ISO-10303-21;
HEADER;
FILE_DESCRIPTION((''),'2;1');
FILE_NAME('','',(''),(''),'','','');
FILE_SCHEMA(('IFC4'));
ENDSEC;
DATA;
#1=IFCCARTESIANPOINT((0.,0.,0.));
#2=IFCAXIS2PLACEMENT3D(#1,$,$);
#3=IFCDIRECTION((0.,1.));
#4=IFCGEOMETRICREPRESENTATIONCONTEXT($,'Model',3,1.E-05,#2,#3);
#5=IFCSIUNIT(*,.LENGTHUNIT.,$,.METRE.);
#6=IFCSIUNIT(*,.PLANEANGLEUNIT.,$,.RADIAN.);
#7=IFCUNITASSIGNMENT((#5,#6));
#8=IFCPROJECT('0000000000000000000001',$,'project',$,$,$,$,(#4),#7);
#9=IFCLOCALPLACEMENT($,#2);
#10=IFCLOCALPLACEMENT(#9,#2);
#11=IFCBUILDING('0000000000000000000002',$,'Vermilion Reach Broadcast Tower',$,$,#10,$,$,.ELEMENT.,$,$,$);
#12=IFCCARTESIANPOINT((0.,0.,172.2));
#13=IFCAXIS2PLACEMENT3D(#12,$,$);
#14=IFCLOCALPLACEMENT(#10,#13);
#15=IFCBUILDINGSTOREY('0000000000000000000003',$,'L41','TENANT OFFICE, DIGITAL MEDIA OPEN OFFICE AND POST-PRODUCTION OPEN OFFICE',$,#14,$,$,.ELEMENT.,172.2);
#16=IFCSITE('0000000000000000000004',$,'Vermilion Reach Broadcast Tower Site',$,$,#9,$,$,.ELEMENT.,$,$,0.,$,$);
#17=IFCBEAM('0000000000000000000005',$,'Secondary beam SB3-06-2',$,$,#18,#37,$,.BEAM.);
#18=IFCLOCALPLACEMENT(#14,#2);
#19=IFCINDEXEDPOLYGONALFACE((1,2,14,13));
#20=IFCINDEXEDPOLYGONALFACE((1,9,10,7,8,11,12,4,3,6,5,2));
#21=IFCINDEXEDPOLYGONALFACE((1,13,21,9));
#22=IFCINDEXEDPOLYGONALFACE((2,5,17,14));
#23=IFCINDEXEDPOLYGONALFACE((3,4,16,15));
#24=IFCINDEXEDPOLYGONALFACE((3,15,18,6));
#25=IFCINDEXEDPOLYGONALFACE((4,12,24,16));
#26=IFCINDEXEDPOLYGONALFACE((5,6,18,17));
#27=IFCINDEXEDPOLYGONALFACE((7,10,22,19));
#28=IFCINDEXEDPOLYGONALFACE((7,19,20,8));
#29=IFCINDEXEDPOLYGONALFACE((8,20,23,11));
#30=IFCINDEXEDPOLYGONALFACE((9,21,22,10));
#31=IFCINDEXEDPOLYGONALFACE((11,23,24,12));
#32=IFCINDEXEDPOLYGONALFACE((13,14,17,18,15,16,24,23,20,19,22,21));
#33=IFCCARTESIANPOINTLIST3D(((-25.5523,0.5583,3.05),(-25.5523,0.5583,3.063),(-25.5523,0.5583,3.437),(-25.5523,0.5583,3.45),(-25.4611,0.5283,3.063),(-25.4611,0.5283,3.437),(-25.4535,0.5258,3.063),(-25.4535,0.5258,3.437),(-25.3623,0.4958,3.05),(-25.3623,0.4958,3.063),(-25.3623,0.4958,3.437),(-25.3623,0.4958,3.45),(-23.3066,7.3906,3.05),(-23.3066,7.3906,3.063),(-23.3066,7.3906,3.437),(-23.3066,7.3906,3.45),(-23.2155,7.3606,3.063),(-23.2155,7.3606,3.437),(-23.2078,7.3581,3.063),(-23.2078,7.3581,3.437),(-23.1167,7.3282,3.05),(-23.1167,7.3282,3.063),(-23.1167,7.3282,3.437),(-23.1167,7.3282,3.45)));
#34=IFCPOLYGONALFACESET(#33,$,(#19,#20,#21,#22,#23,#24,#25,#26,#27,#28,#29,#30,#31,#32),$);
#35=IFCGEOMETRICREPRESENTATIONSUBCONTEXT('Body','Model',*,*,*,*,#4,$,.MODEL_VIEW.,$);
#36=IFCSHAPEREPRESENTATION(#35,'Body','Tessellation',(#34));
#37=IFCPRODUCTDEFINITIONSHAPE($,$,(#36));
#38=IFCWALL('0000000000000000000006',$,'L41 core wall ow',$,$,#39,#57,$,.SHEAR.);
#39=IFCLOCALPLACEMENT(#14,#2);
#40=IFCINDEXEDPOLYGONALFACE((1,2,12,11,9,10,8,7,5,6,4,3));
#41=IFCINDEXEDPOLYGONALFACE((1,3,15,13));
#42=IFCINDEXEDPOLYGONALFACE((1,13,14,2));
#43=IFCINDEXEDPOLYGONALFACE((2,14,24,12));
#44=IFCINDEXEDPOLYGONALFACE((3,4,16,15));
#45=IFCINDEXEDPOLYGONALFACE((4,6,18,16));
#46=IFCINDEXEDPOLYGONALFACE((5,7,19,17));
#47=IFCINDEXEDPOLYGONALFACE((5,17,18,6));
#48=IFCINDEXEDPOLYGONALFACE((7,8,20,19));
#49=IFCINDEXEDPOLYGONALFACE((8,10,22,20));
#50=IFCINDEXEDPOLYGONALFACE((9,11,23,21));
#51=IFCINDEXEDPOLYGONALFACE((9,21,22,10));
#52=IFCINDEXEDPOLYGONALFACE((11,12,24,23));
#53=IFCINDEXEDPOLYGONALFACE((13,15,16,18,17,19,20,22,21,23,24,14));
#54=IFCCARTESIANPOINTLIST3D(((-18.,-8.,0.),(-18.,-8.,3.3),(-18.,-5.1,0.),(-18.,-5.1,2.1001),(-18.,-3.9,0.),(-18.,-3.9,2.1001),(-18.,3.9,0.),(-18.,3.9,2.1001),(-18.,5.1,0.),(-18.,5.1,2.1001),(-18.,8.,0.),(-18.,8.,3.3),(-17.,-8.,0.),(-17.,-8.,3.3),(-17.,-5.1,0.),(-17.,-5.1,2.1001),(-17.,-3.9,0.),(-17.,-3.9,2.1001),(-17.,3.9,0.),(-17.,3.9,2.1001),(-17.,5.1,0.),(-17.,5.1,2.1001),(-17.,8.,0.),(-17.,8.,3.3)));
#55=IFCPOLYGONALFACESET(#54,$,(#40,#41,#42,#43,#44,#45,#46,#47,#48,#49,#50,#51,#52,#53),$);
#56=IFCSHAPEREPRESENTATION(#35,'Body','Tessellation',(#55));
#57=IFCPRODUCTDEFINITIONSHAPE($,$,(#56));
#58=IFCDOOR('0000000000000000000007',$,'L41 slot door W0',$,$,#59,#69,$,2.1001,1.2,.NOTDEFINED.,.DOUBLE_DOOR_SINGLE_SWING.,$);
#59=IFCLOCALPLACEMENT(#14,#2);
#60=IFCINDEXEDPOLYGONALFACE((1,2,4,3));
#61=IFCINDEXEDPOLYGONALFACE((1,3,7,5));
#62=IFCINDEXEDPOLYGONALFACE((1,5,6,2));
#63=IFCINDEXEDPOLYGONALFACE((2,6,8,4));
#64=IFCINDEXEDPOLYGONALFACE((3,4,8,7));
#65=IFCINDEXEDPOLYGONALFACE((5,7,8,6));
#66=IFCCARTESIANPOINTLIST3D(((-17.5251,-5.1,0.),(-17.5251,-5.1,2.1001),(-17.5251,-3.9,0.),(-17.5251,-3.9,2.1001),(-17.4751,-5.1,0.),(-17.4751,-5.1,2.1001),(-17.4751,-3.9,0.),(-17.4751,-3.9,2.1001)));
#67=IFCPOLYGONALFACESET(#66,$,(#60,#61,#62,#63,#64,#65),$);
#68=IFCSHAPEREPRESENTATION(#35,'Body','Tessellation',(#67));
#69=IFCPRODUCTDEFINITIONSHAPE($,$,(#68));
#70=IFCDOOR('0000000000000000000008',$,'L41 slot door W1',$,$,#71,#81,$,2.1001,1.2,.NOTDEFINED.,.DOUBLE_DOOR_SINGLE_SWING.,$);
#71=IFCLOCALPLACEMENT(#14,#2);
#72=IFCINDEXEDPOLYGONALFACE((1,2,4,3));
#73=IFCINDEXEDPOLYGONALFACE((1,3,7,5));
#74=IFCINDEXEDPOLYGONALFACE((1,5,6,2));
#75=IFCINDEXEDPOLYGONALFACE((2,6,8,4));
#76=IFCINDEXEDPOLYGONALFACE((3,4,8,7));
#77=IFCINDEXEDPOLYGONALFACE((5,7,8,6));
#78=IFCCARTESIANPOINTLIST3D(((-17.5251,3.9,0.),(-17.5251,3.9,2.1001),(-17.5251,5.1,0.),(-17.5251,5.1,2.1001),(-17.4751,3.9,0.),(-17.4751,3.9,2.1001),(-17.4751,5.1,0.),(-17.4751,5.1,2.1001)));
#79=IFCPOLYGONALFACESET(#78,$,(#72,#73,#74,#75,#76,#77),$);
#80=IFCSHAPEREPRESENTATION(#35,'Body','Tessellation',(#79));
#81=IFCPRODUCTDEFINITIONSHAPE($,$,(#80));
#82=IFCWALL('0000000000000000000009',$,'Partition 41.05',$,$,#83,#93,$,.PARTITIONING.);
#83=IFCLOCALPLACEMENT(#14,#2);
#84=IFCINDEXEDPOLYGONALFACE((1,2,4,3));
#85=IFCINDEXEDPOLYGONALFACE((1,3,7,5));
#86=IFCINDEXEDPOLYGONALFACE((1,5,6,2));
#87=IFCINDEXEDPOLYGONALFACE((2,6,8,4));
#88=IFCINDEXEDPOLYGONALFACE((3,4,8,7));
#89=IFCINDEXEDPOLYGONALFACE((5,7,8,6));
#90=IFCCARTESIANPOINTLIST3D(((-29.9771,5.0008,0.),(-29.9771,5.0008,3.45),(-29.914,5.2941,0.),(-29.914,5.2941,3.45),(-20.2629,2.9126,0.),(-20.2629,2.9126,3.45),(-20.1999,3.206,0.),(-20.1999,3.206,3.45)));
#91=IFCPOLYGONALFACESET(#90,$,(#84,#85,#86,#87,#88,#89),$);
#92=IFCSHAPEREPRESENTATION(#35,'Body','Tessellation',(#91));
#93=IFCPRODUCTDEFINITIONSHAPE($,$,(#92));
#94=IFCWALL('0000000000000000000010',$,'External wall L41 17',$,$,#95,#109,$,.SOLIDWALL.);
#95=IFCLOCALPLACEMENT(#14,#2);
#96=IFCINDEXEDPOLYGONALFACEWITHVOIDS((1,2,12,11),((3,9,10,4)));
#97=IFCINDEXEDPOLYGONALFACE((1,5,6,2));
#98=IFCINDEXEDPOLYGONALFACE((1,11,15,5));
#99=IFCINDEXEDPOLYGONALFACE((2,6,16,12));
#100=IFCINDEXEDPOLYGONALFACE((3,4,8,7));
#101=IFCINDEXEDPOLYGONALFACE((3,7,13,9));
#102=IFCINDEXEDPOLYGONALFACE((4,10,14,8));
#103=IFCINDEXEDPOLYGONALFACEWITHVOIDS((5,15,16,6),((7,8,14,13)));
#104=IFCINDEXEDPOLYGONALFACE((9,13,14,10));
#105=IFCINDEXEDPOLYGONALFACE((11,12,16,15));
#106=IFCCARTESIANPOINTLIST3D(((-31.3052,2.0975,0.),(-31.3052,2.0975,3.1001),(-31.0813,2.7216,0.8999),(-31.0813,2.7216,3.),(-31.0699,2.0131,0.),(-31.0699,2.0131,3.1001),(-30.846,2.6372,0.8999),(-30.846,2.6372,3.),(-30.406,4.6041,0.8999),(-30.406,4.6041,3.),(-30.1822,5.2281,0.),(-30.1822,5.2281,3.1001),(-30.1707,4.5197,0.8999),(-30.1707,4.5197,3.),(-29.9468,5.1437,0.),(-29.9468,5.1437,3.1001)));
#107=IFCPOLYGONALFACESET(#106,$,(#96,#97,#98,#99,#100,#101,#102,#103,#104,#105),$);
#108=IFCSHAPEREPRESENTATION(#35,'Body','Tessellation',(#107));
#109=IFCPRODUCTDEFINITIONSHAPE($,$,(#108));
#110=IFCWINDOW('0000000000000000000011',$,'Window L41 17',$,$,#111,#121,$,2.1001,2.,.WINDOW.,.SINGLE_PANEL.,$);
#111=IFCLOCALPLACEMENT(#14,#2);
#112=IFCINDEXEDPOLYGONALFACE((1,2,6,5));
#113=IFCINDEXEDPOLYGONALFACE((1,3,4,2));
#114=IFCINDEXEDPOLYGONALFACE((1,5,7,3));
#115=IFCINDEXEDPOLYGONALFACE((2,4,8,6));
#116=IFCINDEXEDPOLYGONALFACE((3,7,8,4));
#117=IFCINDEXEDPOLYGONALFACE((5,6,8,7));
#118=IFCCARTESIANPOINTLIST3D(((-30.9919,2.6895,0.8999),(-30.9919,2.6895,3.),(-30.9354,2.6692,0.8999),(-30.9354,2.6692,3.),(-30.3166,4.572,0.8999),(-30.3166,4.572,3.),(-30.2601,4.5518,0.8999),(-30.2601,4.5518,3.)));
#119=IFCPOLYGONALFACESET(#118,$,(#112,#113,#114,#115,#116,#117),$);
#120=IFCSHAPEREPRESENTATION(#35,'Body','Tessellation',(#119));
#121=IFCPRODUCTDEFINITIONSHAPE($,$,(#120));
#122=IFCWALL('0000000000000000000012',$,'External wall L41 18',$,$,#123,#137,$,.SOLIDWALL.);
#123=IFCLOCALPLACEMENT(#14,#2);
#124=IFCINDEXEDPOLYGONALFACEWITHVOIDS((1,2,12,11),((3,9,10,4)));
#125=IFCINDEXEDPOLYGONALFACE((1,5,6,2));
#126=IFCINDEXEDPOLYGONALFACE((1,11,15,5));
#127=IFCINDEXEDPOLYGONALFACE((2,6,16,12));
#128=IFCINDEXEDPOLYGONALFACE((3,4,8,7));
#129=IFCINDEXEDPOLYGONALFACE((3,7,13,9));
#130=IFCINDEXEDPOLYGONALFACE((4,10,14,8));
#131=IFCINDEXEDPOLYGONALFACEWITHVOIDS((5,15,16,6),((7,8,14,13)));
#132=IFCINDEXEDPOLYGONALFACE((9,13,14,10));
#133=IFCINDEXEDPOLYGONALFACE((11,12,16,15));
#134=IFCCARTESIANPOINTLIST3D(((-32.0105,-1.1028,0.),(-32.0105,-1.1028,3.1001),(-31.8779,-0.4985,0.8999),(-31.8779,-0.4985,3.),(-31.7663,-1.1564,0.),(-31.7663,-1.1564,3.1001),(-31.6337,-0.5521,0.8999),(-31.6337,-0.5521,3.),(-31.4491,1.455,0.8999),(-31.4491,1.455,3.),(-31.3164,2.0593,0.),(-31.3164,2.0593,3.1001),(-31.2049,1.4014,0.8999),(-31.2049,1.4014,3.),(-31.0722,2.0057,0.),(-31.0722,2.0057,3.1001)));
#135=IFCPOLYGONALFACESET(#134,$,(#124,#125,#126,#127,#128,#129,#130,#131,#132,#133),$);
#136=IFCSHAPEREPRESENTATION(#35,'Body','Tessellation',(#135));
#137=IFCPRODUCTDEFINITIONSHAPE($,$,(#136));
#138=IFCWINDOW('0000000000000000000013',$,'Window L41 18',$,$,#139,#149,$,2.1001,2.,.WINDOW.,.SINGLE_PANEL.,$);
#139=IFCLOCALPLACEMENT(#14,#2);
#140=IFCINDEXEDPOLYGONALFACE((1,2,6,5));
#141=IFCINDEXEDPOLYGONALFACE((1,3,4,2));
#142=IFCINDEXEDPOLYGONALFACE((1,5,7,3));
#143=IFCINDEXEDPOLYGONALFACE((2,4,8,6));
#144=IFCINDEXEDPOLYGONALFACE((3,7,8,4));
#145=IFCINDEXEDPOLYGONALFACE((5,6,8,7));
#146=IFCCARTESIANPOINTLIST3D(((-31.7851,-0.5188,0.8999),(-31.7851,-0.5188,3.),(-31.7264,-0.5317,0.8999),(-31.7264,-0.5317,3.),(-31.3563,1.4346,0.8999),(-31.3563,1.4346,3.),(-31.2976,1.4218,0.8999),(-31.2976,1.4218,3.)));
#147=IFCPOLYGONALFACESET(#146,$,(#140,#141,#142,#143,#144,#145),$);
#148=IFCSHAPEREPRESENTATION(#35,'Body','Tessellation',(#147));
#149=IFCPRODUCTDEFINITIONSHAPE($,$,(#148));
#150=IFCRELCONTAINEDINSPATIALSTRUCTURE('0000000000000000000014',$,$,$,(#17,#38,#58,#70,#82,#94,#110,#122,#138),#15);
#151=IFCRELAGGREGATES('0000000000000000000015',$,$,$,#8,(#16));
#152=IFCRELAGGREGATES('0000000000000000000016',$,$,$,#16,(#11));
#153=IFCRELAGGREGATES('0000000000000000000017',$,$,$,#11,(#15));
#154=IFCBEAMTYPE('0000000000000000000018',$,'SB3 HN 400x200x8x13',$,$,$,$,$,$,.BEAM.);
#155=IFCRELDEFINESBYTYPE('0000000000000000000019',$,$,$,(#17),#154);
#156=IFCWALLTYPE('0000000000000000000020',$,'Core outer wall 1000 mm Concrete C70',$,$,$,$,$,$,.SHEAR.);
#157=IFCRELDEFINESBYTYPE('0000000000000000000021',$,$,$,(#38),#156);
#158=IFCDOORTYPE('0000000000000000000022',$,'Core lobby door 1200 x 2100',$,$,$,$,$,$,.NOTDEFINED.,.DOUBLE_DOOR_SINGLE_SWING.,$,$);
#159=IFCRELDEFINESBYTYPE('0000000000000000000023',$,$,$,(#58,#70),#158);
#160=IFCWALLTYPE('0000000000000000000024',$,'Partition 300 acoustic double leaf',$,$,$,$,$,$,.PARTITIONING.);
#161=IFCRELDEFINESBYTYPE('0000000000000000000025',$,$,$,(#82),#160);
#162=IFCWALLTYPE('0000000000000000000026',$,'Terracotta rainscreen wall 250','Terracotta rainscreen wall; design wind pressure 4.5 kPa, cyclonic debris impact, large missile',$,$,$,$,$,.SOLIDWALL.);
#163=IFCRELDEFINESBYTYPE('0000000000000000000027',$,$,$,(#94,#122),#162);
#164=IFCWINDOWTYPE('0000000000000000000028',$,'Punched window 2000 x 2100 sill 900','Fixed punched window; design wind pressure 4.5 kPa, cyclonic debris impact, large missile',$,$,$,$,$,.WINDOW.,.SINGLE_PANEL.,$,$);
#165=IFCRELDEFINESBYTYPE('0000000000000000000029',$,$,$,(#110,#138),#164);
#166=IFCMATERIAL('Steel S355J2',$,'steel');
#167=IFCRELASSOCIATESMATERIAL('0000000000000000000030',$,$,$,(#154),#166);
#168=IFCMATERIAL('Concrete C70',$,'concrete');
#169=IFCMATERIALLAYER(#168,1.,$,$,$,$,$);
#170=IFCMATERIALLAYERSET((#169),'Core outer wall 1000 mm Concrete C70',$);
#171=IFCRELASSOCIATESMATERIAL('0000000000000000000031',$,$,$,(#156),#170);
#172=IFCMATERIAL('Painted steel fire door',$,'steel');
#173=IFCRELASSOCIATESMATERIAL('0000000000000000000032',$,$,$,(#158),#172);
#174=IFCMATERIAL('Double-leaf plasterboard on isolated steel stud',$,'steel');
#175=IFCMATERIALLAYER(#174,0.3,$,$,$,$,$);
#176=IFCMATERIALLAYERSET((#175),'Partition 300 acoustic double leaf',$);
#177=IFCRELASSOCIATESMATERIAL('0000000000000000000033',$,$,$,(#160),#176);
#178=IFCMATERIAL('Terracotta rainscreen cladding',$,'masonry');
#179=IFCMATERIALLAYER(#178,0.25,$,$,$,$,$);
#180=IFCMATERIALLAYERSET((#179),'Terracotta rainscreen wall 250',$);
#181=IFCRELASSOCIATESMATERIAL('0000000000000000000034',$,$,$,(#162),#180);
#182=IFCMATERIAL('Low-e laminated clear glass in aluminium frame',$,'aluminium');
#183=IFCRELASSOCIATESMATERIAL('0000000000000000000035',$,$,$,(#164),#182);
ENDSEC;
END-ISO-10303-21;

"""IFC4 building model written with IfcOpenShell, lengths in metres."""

from ifc_helpers import new_model, si_unit, direction, frame, frame_2d, origin, origin_2d, place, context, subcontext, project, spatial, rectangle, i_section, extrude, material, layer, layer_set, material_profile, profile_set, type_object, element, fill, save


model = new_model("IFC4")

# Units and contexts
model_context = context("Model", 3, precision=1e-05, world=origin(), true_north=direction((0.0, 1.0)))
body_context = subcontext(model_context, "Body", "Model", "MODEL_VIEW")
ifc_project = project(units=[si_unit("LENGTHUNIT", "METRE"), si_unit("PLANEANGLEUNIT", "RADIAN")], contexts=[model_context])

# Site, building, storey
site_placement = place(None, origin())
site = spatial("IfcSite", under=ifc_project, at=site_placement, Name="Vermilion Reach Broadcast Tower Site", CompositionType="ELEMENT", RefElevation=0.0)
building_placement = place(site_placement, origin())
building = spatial("IfcBuilding", under=site, at=building_placement, Name="Vermilion Reach Broadcast Tower", CompositionType="ELEMENT")
storey_placement = place(building_placement, frame((0.0, 0.0, 172.2)))
storey = spatial("IfcBuildingStorey", under=building, at=storey_placement, Name="L41", Description="TENANT OFFICE, DIGITAL MEDIA OPEN OFFICE AND POST-PRODUCTION OPEN OFFICE", CompositionType="ELEMENT", Elevation=172.2)

# Beam
ifc_material_1 = material(Name="Steel S355J2", Category="steel")
ifc_material_profile_1 = material_profile(ifc_material_1, i_section(OverallWidth=0.2, OverallDepth=0.3999, WebThickness=0.0081, FlangeThickness=0.0129, at=origin_2d()), Name="S355J2 HN 400x200x8x13")
ifc_profile_set_1 = profile_set([ifc_material_profile_1], Name="Steel S355J2")
beam_type_1 = type_object("IfcBeamType", Name="SB3 HN 400x200x8x13", PredefinedType="BEAM", material=ifc_profile_set_1)
beam_1_placement = place(storey_placement, frame((-23.2117, 7.3594, 3.25), z_axis=(-0.312243, -0.950002, 0.0), x_axis=(0.950002, -0.312243, 0.0)))
element("IfcBeam", 1, at=beam_1_placement, inside=storey, type_object=beam_type_1, Name="Secondary beam SB3-06-2", PredefinedType="BEAM", context=body_context, shape_type="SweptSolid", body=[
    extrude(i_section(OverallWidth=0.2, OverallDepth=0.3999, WebThickness=0.0081, FlangeThickness=0.0129, at=origin_2d()), origin(), (0.0, 0.0, 1.0), 7.1919),
])

# Wall, openings, doors
ifc_material_2 = material(Name="Concrete C70", Category="concrete")
ifc_layer_1 = layer(ifc_material_2, 1.0)
ifc_layer_set_1 = layer_set([ifc_layer_1], Name="Core outer wall 1000 mm Concrete C70")
wall_type_1 = type_object("IfcWallType", Name="Core outer wall 1000 mm Concrete C70", PredefinedType="SHEAR", material=ifc_layer_set_1)
wall_1_placement = place(storey_placement, frame((-17.5, 8.0, 0.0), z_axis=(0.0, 0.0, 1.0), x_axis=(0.0, -1.0, 0.0)))
wall_1 = element("IfcWall", 2, at=wall_1_placement, inside=storey, type_object=wall_type_1, Name="L41 core wall ow", PredefinedType="SHEAR", context=body_context, shape_type="SweptSolid", body=[
    extrude(rectangle(XDim=16.0, YDim=1.0, at=frame_2d((8.0, 0.0))), origin(), (0.0, 0.0, 1.0), 3.3),
])
opening_1_placement = place(wall_1_placement, frame((11.8999, 0.0, 0.0)))
opening_1 = element("IfcOpeningElement", 3, at=opening_1_placement, cuts=wall_1, PredefinedType="OPENING", context=body_context, shape_type="SweptSolid", body=[
    extrude(rectangle(XDim=1.2, YDim=2.1001, at=frame_2d((0.6001, 1.05))), frame((0.0, 0.51, 0.0), z_axis=(0.0, -1.0, 0.0), x_axis=(1.0, 0.0, 0.0)), (0.0, 0.0, 1.0), 1.02),
])
opening_2_placement = place(wall_1_placement, frame((2.8999, 0.0, 0.0)))
opening_2 = element("IfcOpeningElement", 4, at=opening_2_placement, cuts=wall_1, PredefinedType="OPENING", context=body_context, shape_type="SweptSolid", body=[
    extrude(rectangle(XDim=1.2, YDim=2.1001, at=frame_2d((0.6001, 1.05))), frame((0.0, 0.51, 0.0), z_axis=(0.0, -1.0, 0.0), x_axis=(1.0, 0.0, 0.0)), (0.0, 0.0, 1.0), 1.02),
])
ifc_material_3 = material(Name="Painted steel fire door", Category="steel")
door_type_1 = type_object("IfcDoorType", Name="Core lobby door 1200 x 2100", OperationType="DOUBLE_DOOR_SINGLE_SWING", PredefinedType="NOTDEFINED", material=ifc_material_3)
door_1_placement = place(opening_1_placement, origin())
door_1 = element("IfcDoor", 5, at=door_1_placement, inside=storey, type_object=door_type_1, Name="L41 slot door W0", OperationType="DOUBLE_DOOR_SINGLE_SWING", OverallHeight=2.1001, OverallWidth=1.2, PredefinedType="NOTDEFINED", context=body_context, shape_type="SweptSolid", body=[
    extrude(rectangle(XDim=1.2, YDim=2.1001, at=frame_2d((0.6001, 1.05))), frame((0.0, 0.0249, 0.0), z_axis=(0.0, -1.0, 0.0), x_axis=(1.0, 0.0, 0.0)), (0.0, 0.0, 1.0), 0.05),
])
fill(opening_1, door_1)
door_2_placement = place(opening_2_placement, origin())
door_2 = element("IfcDoor", 6, at=door_2_placement, inside=storey, type_object=door_type_1, Name="L41 slot door W1", OperationType="DOUBLE_DOOR_SINGLE_SWING", OverallHeight=2.1001, OverallWidth=1.2, PredefinedType="NOTDEFINED", context=body_context, shape_type="SweptSolid", body=[
    extrude(rectangle(XDim=1.2, YDim=2.1001, at=frame_2d((0.6001, 1.05))), frame((0.0, 0.0249, 0.0), z_axis=(0.0, -1.0, 0.0), x_axis=(1.0, 0.0, 0.0)), (0.0, 0.0, 1.0), 0.05),
])
fill(opening_2, door_2)

# Wall
ifc_material_4 = material(Name="Double-leaf plasterboard on isolated steel stud", Category="steel")
ifc_layer_2 = layer(ifc_material_4, 0.3)
ifc_layer_set_2 = layer_set([ifc_layer_2], Name="Partition 300 acoustic double leaf")
wall_type_2 = type_object("IfcWallType", Name="Partition 300 acoustic double leaf", PredefinedType="PARTITIONING", material=ifc_layer_set_2)
wall_2_placement = place(storey_placement, frame((-29.9456, 5.1475, 0.0), z_axis=(0.0, 0.0, 1.0), x_axis=(0.977667, -0.210158, 0.0)))
element("IfcWall", 7, at=wall_2_placement, inside=storey, type_object=wall_type_2, Name="Partition 41.05", PredefinedType="PARTITIONING", context=body_context, shape_type="SweptSolid", body=[
    extrude(rectangle(XDim=9.936, YDim=0.3, at=frame_2d((4.968, 0.0))), origin(), (0.0, 0.0, 1.0), 3.45),
])

# Shared definitions
ifc_material_5 = material(Name="Terracotta rainscreen cladding", Category="masonry")
ifc_layer_3 = layer(ifc_material_5, 0.25)
ifc_layer_set_3 = layer_set([ifc_layer_3], Name="Terracotta rainscreen wall 250")
wall_type_3 = type_object("IfcWallType", Name="Terracotta rainscreen wall 250", Description="Terracotta rainscreen wall; design wind pressure 4.5 kPa, cyclonic debris impact, large missile", PredefinedType="SOLIDWALL", material=ifc_layer_set_3)

# Walls, openings, windows
wall_3_placement = place(storey_placement, frame((-30.0645, 5.186, 0.0), z_axis=(0.0, 0.0, 1.0), x_axis=(-0.337661, -0.941268, 0.0)))
wall_3 = element("IfcWall", 8, at=wall_3_placement, inside=storey, type_object=wall_type_3, Name="External wall L41 17", PredefinedType="SOLIDWALL", context=body_context, shape_type="SweptSolid", body=[
    extrude(rectangle(XDim=3.3259, YDim=0.25, at=frame_2d((1.6631, 0.0))), origin(), (0.0, 0.0, 1.0), 3.1001),
])
opening_3_placement = place(wall_3_placement, frame((0.6631, 0.0, 0.8999)))
opening_3 = element("IfcOpeningElement", 9, at=opening_3_placement, cuts=wall_3, PredefinedType="OPENING", context=body_context, shape_type="SweptSolid", body=[
    extrude(rectangle(XDim=2.0, YDim=2.1001, at=frame_2d((1.0, 1.05))), frame((0.0, 0.135, 0.0), z_axis=(0.0, -1.0, 0.0), x_axis=(1.0, 0.0, 0.0)), (0.0, 0.0, 1.0), 0.27),
])
ifc_material_6 = material(Name="Low-e laminated clear glass in aluminium frame", Category="aluminium")
window_type = type_object("IfcWindowType", Name="Punched window 2000 x 2100 sill 900", Description="Fixed punched window; design wind pressure 4.5 kPa, cyclonic debris impact, large missile", PartitioningType="SINGLE_PANEL", PredefinedType="WINDOW", material=ifc_material_6)
window_1_placement = place(opening_3_placement, origin())
window_1 = element("IfcWindow", 10, at=window_1_placement, inside=storey, type_object=window_type, Name="Window L41 17", OverallHeight=2.1001, OverallWidth=2.0, PartitioningType="SINGLE_PANEL", PredefinedType="WINDOW", context=body_context, shape_type="SweptSolid", body=[
    extrude(rectangle(XDim=2.0, YDim=2.1001, at=frame_2d((1.0, 1.05))), frame((0.0, 0.03, 0.0), z_axis=(0.0, -1.0, 0.0), x_axis=(1.0, 0.0, 0.0)), (0.0, 0.0, 1.0), 0.0601),
])
fill(opening_3, window_1)
wall_4_placement = place(storey_placement, frame((-31.1943, 2.0325, 0.0), z_axis=(0.0, 0.0, 1.0), x_axis=(-0.214399, -0.976746, 0.0)))
wall_4 = element("IfcWall", 11, at=wall_4_placement, inside=storey, type_object=wall_type_3, Name="External wall L41 18", PredefinedType="SOLIDWALL", context=body_context, shape_type="SweptSolid", body=[
    extrude(rectangle(XDim=3.2373, YDim=0.25, at=frame_2d((1.6187, 0.0))), origin(), (0.0, 0.0, 1.0), 3.1001),
])
opening_4_placement = place(wall_4_placement, frame((0.6187, 0.0, 0.8999)))
opening_4 = element("IfcOpeningElement", 12, at=opening_4_placement, cuts=wall_4, PredefinedType="OPENING", context=body_context, shape_type="SweptSolid", body=[
    extrude(rectangle(XDim=2.0, YDim=2.1001, at=frame_2d((1.0, 1.05))), frame((0.0, 0.135, 0.0), z_axis=(0.0, -1.0, 0.0), x_axis=(1.0, 0.0, 0.0)), (0.0, 0.0, 1.0), 0.27),
])
window_2_placement = place(opening_4_placement, origin())
window_2 = element("IfcWindow", 13, at=window_2_placement, inside=storey, type_object=window_type, Name="Window L41 18", OverallHeight=2.1001, OverallWidth=2.0, PartitioningType="SINGLE_PANEL", PredefinedType="WINDOW", context=body_context, shape_type="SweptSolid", body=[
    extrude(rectangle(XDim=2.0, YDim=2.1001, at=frame_2d((1.0, 1.05))), frame((0.0, 0.03, 0.0), z_axis=(0.0, -1.0, 0.0), x_axis=(1.0, 0.0, 0.0)), (0.0, 0.0, 1.0), 0.0601),
])
fill(opening_4, window_2)

save(model, "model.ifc")
